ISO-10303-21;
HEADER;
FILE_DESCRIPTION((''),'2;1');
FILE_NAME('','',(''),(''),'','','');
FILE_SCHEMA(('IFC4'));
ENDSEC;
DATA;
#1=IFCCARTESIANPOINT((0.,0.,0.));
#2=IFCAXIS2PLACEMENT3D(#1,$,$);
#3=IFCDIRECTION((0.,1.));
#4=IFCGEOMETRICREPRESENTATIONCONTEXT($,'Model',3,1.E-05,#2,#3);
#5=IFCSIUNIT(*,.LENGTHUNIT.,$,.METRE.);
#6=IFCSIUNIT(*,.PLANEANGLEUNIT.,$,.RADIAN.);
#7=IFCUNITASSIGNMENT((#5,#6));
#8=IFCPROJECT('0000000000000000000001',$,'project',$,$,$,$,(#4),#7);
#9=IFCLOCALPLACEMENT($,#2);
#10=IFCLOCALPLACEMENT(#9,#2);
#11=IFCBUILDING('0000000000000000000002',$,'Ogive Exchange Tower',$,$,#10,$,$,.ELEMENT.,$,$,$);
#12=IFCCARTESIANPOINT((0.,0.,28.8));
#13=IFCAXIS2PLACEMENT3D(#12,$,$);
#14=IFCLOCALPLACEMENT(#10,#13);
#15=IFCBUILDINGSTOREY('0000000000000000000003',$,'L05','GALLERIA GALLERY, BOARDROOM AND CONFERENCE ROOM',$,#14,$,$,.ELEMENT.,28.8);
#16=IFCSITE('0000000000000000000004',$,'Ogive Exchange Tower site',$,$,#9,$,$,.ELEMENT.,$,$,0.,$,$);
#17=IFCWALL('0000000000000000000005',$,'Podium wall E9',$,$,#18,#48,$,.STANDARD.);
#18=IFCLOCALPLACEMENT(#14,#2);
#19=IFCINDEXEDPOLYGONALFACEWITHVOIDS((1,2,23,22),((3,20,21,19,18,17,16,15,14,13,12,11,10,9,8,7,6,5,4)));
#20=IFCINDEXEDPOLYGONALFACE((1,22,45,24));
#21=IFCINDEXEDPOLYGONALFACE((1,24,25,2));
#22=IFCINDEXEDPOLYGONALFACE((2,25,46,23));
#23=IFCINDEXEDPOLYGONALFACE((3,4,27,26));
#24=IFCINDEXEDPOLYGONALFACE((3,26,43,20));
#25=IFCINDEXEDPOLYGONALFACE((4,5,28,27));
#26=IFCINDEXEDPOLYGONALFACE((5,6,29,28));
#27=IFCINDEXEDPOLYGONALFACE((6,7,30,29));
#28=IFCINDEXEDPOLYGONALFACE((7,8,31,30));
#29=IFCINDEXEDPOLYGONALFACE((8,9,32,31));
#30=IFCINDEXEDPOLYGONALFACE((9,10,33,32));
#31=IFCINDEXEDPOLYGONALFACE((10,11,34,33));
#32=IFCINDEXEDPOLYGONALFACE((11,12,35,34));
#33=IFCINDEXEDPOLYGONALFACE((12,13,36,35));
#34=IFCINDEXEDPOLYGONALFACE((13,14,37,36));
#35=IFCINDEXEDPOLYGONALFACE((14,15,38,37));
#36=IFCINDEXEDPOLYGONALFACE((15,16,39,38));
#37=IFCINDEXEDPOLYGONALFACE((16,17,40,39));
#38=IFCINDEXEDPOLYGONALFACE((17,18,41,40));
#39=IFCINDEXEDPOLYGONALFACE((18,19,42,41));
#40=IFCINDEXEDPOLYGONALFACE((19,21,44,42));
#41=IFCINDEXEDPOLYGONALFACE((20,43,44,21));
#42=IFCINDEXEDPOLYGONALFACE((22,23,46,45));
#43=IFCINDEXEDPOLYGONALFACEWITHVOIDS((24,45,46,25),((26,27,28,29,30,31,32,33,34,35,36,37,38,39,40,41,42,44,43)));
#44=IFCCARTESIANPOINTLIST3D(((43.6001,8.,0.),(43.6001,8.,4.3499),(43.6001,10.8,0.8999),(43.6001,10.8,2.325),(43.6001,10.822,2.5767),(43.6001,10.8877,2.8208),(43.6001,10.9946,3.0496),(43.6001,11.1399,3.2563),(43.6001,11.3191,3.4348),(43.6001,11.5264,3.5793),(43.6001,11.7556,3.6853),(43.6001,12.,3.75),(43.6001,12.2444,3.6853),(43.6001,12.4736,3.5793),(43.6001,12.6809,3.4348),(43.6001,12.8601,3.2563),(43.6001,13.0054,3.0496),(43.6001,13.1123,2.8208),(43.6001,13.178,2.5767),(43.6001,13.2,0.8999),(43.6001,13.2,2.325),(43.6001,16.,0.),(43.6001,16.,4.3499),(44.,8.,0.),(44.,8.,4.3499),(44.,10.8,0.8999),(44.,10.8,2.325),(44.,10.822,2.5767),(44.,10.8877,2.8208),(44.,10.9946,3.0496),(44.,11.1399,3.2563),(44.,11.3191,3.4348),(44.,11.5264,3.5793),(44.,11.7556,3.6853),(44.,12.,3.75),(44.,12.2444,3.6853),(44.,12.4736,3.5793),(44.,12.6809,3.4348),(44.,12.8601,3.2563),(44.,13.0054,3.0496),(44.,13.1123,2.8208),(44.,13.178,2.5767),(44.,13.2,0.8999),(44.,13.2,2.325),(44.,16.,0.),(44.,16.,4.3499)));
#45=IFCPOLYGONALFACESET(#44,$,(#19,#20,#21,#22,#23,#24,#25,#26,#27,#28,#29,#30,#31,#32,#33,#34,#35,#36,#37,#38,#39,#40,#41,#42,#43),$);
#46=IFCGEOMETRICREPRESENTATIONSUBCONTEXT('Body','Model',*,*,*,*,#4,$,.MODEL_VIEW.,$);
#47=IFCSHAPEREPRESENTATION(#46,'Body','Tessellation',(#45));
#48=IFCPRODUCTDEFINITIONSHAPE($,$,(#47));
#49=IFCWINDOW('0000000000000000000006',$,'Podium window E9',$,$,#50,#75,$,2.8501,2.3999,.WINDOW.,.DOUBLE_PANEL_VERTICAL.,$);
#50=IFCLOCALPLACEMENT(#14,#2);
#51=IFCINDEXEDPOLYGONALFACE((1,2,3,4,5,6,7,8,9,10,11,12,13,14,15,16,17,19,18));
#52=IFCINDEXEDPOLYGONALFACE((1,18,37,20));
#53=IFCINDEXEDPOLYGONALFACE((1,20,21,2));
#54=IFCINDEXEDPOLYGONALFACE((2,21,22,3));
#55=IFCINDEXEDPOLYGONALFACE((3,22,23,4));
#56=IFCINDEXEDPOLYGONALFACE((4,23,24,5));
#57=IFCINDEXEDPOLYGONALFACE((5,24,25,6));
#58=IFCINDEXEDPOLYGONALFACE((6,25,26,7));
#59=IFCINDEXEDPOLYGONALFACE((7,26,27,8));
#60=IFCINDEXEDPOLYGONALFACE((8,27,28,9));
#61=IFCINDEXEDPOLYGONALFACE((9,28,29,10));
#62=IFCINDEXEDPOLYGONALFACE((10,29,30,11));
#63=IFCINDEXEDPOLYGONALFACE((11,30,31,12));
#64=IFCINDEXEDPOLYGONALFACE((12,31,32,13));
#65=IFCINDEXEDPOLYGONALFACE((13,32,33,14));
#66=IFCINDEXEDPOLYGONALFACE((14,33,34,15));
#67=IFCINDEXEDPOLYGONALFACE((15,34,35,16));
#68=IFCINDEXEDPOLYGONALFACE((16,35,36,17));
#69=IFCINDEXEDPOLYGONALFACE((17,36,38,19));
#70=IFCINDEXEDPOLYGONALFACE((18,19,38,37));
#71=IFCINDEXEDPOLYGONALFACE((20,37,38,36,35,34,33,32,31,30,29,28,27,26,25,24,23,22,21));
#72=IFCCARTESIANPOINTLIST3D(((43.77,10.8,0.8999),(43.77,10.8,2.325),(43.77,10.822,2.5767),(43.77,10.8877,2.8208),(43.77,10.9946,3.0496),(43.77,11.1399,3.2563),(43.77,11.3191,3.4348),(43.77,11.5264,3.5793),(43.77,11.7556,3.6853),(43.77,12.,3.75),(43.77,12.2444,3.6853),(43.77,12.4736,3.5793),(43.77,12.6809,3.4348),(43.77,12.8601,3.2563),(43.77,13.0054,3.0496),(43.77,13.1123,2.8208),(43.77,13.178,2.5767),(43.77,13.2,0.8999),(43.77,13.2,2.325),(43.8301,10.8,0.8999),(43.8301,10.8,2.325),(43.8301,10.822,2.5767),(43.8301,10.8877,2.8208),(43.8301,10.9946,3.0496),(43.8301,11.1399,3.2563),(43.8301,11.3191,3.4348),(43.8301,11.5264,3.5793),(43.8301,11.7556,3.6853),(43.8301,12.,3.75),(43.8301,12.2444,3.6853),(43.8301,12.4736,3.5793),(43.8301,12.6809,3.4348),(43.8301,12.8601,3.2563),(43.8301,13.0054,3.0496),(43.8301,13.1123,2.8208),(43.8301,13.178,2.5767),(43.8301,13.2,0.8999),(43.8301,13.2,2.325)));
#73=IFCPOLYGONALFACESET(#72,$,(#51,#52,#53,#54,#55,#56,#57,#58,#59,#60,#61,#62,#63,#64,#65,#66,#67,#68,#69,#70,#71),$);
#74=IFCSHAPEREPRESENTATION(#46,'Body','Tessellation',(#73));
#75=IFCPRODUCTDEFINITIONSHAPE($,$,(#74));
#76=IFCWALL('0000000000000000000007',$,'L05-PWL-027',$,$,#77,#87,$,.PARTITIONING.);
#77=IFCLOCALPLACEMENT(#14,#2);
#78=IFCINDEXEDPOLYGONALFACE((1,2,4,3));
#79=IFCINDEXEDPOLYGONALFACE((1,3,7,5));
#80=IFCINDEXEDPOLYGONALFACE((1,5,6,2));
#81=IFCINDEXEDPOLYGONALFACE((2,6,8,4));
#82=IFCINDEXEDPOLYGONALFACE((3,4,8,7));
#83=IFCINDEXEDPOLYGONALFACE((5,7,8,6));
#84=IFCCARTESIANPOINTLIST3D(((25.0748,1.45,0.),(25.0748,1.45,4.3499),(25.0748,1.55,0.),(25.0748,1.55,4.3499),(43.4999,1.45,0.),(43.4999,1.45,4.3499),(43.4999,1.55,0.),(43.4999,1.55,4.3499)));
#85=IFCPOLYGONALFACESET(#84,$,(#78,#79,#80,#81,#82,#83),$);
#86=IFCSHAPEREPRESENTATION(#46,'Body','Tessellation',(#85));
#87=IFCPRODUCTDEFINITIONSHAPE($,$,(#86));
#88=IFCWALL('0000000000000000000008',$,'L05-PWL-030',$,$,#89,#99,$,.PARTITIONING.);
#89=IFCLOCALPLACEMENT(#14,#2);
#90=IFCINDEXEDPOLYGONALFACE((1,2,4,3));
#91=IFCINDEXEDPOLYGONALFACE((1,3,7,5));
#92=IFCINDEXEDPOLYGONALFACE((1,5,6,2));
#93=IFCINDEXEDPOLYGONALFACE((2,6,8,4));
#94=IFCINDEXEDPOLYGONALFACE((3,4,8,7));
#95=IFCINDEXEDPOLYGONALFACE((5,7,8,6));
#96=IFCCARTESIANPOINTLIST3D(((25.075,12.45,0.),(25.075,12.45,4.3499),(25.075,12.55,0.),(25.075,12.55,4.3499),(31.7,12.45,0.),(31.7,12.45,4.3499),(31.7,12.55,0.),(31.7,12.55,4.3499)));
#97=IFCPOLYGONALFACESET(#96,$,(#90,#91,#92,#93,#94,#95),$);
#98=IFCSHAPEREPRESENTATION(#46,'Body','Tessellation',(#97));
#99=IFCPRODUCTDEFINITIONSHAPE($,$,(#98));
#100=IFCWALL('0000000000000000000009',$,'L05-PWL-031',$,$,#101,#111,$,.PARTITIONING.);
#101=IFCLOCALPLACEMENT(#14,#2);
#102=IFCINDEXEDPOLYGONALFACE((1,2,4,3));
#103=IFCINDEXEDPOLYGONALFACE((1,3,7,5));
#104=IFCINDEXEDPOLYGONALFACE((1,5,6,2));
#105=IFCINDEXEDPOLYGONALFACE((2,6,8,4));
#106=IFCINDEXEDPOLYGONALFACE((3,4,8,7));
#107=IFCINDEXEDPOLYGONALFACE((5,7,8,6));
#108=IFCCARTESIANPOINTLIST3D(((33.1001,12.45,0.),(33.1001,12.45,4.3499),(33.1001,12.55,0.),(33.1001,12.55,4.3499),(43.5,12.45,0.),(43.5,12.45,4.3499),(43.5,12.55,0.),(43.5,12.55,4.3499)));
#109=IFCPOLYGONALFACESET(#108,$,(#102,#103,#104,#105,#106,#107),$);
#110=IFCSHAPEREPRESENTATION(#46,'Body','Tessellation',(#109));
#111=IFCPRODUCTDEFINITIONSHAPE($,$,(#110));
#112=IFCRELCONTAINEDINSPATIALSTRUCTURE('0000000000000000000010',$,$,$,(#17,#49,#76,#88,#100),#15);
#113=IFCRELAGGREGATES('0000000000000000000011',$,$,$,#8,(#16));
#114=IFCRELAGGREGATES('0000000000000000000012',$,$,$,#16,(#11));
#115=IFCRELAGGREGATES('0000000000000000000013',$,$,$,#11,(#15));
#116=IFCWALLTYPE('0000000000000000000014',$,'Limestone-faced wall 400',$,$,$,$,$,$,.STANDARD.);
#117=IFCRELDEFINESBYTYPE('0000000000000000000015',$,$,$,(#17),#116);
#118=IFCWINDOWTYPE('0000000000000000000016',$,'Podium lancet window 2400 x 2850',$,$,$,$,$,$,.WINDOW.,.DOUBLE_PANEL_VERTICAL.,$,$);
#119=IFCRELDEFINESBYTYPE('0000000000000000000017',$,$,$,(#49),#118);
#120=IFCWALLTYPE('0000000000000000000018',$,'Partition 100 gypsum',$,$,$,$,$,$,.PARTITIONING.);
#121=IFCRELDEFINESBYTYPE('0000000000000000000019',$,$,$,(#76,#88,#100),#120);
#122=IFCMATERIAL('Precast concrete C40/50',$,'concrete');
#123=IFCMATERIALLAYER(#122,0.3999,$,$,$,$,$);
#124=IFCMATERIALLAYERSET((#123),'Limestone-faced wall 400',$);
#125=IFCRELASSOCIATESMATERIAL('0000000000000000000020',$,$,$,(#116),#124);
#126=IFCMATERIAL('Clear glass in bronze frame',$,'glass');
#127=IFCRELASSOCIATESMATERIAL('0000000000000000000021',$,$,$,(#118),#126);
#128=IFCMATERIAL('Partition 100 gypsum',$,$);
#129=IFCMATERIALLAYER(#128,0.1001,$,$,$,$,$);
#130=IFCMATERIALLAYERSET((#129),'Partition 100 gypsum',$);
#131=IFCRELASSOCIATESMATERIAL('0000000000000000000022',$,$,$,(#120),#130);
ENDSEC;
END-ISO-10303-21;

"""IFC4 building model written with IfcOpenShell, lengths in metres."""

from ifc_helpers import new_model, si_unit, direction, frame, frame_2d, origin, place, context, subcontext, project, spatial, polyline, rectangle, outline, extrude, material, layer, layer_set, type_object, element, fill, save


model = new_model("IFC4")

# Units and contexts
model_context = context("Model", 3, precision=1e-05, world=origin(), true_north=direction((0.0, 1.0)))
body_context = subcontext(model_context, "Body", "Model", "MODEL_VIEW")
ifc_project = project(units=[si_unit("LENGTHUNIT", "METRE"), si_unit("PLANEANGLEUNIT", "RADIAN")], contexts=[model_context])

# Site, building, storey
site_placement = place(None, origin())
site = spatial("IfcSite", under=ifc_project, at=site_placement, Name="Ogive Exchange Tower site", CompositionType="ELEMENT", RefElevation=0.0)
building_placement = place(site_placement, origin())
building = spatial("IfcBuilding", under=site, at=building_placement, Name="Ogive Exchange Tower", CompositionType="ELEMENT")
storey_placement = place(building_placement, frame((0.0, 0.0, 28.8)))
storey = spatial("IfcBuildingStorey", under=building, at=storey_placement, Name="L05", Description="GALLERIA GALLERY, BOARDROOM AND CONFERENCE ROOM", CompositionType="ELEMENT", Elevation=28.8)

# Wall, opening, window
ifc_material_1 = material(Name="Precast concrete C40/50", Category="concrete")
ifc_layer_1 = layer(ifc_material_1, 0.3999)
ifc_layer_set_1 = layer_set([ifc_layer_1], Name="Limestone-faced wall 400")
wall_type_1 = type_object("IfcWallType", Name="Limestone-faced wall 400", PredefinedType="STANDARD", material=ifc_layer_set_1)
wall_1_placement = place(storey_placement, frame((43.8, 8.0, 0.0), z_axis=(0.0, 0.0, 1.0), x_axis=(0.0, 1.0, 0.0)))
wall_1 = element("IfcWall", 1, at=wall_1_placement, inside=storey, type_object=wall_type_1, Name="Podium wall E9", PredefinedType="STANDARD", context=body_context, shape_type="SweptSolid", body=[
    extrude(rectangle(XDim=8.0, YDim=0.3999, at=frame_2d((4.0, 0.0))), origin(), (0.0, 0.0, 1.0), 4.3499),
])
opening_1_placement = place(wall_1_placement, frame((2.8, 0.0, 0.8999)))
opening_1 = element("IfcOpeningElement", 2, at=opening_1_placement, cuts=wall_1, PredefinedType="OPENING", context=body_context, shape_type="SweptSolid", body=[
    extrude(outline(polyline([(0.0, 0.0), (2.3999, 0.0), (2.3999, 1.425), (2.3779, 1.6768), (2.3123, 1.9209), (2.2053, 2.1497), (2.0601, 2.3564), (1.8809, 2.5349), (1.6736, 2.6794), (1.4443, 2.7854), (1.2, 2.8501), (0.9556, 2.7854), (0.7263, 2.6794), (0.519, 2.5349), (0.3398, 2.3564), (0.1946, 2.1497), (0.0876, 1.9209), (0.022, 1.6768), (0.0, 1.425), (0.0, 0.0)])), frame((0.0, 0.21, 0.0), z_axis=(0.0, -1.0, 0.0), x_axis=(1.0, 0.0, 0.0)), (0.0, 0.0, 1.0), 0.4199),
])
ifc_material_2 = material(Name="Clear glass in bronze frame", Category="glass")
window_type = type_object("IfcWindowType", Name="Podium lancet window 2400 x 2850", PartitioningType="DOUBLE_PANEL_VERTICAL", PredefinedType="WINDOW", material=ifc_material_2)
window_placement = place(opening_1_placement, origin())
window = element("IfcWindow", 3, at=window_placement, inside=storey, type_object=window_type, Name="Podium window E9", OverallHeight=2.8501, OverallWidth=2.3999, PartitioningType="DOUBLE_PANEL_VERTICAL", PredefinedType="WINDOW", context=body_context, shape_type="SweptSolid", body=[
    extrude(outline(polyline([(0.0, 0.0), (2.3999, 0.0), (2.3999, 1.425), (2.3779, 1.6768), (2.3123, 1.9209), (2.2053, 2.1497), (2.0601, 2.3564), (1.8809, 2.5349), (1.6736, 2.6794), (1.4443, 2.7854), (1.2, 2.8501), (0.9556, 2.7854), (0.7263, 2.6794), (0.519, 2.5349), (0.3398, 2.3564), (0.1946, 2.1497), (0.0876, 1.9209), (0.022, 1.6768), (0.0, 1.425), (0.0, 0.0)])), frame((0.0, 0.03, 0.0), z_axis=(0.0, -1.0, 0.0), x_axis=(1.0, 0.0, 0.0)), (0.0, 0.0, 1.0), 0.0601),
])
fill(opening_1, window)

# Walls
ifc_material_3 = material(Name="Partition 100 gypsum")
ifc_layer_2 = layer(ifc_material_3, 0.1001)
ifc_layer_set_2 = layer_set([ifc_layer_2], Name="Partition 100 gypsum")
wall_type_2 = type_object("IfcWallType", Name="Partition 100 gypsum", PredefinedType="PARTITIONING", material=ifc_layer_set_2)
wall_2_placement = place(storey_placement, frame((25.075, 1.5, 0.0), z_axis=(0.0, 0.0, 1.0), x_axis=(1.0, 0.0, 0.0)))
element("IfcWall", 4, at=wall_2_placement, inside=storey, type_object=wall_type_2, Name="L05-PWL-027", PredefinedType="PARTITIONING", context=body_context, shape_type="SweptSolid", body=[
    extrude(rectangle(XDim=18.425, YDim=0.1001, at=frame_2d((9.2124, 0.0))), origin(), (0.0, 0.0, 1.0), 4.3499),
])
wall_3_placement = place(storey_placement, frame((25.075, 12.5, 0.0), z_axis=(0.0, 0.0, 1.0), x_axis=(1.0, 0.0, 0.0)))
element("IfcWall", 5, at=wall_3_placement, inside=storey, type_object=wall_type_2, Name="L05-PWL-030", PredefinedType="PARTITIONING", context=body_context, shape_type="SweptSolid", body=[
    extrude(rectangle(XDim=6.625, YDim=0.1001, at=frame_2d((3.3125, 0.0))), origin(), (0.0, 0.0, 1.0), 4.3499),
])
wall_4_placement = place(storey_placement, frame((33.1001, 12.5, 0.0), z_axis=(0.0, 0.0, 1.0), x_axis=(1.0, 0.0, 0.0)))
element("IfcWall", 6, at=wall_4_placement, inside=storey, type_object=wall_type_2, Name="L05-PWL-031", PredefinedType="PARTITIONING", context=body_context, shape_type="SweptSolid", body=[
    extrude(rectangle(XDim=10.3999, YDim=0.1001, at=frame_2d((5.2, 0.0))), origin(), (0.0, 0.0, 1.0), 4.3499),
])

save(model, "model.ifc")
